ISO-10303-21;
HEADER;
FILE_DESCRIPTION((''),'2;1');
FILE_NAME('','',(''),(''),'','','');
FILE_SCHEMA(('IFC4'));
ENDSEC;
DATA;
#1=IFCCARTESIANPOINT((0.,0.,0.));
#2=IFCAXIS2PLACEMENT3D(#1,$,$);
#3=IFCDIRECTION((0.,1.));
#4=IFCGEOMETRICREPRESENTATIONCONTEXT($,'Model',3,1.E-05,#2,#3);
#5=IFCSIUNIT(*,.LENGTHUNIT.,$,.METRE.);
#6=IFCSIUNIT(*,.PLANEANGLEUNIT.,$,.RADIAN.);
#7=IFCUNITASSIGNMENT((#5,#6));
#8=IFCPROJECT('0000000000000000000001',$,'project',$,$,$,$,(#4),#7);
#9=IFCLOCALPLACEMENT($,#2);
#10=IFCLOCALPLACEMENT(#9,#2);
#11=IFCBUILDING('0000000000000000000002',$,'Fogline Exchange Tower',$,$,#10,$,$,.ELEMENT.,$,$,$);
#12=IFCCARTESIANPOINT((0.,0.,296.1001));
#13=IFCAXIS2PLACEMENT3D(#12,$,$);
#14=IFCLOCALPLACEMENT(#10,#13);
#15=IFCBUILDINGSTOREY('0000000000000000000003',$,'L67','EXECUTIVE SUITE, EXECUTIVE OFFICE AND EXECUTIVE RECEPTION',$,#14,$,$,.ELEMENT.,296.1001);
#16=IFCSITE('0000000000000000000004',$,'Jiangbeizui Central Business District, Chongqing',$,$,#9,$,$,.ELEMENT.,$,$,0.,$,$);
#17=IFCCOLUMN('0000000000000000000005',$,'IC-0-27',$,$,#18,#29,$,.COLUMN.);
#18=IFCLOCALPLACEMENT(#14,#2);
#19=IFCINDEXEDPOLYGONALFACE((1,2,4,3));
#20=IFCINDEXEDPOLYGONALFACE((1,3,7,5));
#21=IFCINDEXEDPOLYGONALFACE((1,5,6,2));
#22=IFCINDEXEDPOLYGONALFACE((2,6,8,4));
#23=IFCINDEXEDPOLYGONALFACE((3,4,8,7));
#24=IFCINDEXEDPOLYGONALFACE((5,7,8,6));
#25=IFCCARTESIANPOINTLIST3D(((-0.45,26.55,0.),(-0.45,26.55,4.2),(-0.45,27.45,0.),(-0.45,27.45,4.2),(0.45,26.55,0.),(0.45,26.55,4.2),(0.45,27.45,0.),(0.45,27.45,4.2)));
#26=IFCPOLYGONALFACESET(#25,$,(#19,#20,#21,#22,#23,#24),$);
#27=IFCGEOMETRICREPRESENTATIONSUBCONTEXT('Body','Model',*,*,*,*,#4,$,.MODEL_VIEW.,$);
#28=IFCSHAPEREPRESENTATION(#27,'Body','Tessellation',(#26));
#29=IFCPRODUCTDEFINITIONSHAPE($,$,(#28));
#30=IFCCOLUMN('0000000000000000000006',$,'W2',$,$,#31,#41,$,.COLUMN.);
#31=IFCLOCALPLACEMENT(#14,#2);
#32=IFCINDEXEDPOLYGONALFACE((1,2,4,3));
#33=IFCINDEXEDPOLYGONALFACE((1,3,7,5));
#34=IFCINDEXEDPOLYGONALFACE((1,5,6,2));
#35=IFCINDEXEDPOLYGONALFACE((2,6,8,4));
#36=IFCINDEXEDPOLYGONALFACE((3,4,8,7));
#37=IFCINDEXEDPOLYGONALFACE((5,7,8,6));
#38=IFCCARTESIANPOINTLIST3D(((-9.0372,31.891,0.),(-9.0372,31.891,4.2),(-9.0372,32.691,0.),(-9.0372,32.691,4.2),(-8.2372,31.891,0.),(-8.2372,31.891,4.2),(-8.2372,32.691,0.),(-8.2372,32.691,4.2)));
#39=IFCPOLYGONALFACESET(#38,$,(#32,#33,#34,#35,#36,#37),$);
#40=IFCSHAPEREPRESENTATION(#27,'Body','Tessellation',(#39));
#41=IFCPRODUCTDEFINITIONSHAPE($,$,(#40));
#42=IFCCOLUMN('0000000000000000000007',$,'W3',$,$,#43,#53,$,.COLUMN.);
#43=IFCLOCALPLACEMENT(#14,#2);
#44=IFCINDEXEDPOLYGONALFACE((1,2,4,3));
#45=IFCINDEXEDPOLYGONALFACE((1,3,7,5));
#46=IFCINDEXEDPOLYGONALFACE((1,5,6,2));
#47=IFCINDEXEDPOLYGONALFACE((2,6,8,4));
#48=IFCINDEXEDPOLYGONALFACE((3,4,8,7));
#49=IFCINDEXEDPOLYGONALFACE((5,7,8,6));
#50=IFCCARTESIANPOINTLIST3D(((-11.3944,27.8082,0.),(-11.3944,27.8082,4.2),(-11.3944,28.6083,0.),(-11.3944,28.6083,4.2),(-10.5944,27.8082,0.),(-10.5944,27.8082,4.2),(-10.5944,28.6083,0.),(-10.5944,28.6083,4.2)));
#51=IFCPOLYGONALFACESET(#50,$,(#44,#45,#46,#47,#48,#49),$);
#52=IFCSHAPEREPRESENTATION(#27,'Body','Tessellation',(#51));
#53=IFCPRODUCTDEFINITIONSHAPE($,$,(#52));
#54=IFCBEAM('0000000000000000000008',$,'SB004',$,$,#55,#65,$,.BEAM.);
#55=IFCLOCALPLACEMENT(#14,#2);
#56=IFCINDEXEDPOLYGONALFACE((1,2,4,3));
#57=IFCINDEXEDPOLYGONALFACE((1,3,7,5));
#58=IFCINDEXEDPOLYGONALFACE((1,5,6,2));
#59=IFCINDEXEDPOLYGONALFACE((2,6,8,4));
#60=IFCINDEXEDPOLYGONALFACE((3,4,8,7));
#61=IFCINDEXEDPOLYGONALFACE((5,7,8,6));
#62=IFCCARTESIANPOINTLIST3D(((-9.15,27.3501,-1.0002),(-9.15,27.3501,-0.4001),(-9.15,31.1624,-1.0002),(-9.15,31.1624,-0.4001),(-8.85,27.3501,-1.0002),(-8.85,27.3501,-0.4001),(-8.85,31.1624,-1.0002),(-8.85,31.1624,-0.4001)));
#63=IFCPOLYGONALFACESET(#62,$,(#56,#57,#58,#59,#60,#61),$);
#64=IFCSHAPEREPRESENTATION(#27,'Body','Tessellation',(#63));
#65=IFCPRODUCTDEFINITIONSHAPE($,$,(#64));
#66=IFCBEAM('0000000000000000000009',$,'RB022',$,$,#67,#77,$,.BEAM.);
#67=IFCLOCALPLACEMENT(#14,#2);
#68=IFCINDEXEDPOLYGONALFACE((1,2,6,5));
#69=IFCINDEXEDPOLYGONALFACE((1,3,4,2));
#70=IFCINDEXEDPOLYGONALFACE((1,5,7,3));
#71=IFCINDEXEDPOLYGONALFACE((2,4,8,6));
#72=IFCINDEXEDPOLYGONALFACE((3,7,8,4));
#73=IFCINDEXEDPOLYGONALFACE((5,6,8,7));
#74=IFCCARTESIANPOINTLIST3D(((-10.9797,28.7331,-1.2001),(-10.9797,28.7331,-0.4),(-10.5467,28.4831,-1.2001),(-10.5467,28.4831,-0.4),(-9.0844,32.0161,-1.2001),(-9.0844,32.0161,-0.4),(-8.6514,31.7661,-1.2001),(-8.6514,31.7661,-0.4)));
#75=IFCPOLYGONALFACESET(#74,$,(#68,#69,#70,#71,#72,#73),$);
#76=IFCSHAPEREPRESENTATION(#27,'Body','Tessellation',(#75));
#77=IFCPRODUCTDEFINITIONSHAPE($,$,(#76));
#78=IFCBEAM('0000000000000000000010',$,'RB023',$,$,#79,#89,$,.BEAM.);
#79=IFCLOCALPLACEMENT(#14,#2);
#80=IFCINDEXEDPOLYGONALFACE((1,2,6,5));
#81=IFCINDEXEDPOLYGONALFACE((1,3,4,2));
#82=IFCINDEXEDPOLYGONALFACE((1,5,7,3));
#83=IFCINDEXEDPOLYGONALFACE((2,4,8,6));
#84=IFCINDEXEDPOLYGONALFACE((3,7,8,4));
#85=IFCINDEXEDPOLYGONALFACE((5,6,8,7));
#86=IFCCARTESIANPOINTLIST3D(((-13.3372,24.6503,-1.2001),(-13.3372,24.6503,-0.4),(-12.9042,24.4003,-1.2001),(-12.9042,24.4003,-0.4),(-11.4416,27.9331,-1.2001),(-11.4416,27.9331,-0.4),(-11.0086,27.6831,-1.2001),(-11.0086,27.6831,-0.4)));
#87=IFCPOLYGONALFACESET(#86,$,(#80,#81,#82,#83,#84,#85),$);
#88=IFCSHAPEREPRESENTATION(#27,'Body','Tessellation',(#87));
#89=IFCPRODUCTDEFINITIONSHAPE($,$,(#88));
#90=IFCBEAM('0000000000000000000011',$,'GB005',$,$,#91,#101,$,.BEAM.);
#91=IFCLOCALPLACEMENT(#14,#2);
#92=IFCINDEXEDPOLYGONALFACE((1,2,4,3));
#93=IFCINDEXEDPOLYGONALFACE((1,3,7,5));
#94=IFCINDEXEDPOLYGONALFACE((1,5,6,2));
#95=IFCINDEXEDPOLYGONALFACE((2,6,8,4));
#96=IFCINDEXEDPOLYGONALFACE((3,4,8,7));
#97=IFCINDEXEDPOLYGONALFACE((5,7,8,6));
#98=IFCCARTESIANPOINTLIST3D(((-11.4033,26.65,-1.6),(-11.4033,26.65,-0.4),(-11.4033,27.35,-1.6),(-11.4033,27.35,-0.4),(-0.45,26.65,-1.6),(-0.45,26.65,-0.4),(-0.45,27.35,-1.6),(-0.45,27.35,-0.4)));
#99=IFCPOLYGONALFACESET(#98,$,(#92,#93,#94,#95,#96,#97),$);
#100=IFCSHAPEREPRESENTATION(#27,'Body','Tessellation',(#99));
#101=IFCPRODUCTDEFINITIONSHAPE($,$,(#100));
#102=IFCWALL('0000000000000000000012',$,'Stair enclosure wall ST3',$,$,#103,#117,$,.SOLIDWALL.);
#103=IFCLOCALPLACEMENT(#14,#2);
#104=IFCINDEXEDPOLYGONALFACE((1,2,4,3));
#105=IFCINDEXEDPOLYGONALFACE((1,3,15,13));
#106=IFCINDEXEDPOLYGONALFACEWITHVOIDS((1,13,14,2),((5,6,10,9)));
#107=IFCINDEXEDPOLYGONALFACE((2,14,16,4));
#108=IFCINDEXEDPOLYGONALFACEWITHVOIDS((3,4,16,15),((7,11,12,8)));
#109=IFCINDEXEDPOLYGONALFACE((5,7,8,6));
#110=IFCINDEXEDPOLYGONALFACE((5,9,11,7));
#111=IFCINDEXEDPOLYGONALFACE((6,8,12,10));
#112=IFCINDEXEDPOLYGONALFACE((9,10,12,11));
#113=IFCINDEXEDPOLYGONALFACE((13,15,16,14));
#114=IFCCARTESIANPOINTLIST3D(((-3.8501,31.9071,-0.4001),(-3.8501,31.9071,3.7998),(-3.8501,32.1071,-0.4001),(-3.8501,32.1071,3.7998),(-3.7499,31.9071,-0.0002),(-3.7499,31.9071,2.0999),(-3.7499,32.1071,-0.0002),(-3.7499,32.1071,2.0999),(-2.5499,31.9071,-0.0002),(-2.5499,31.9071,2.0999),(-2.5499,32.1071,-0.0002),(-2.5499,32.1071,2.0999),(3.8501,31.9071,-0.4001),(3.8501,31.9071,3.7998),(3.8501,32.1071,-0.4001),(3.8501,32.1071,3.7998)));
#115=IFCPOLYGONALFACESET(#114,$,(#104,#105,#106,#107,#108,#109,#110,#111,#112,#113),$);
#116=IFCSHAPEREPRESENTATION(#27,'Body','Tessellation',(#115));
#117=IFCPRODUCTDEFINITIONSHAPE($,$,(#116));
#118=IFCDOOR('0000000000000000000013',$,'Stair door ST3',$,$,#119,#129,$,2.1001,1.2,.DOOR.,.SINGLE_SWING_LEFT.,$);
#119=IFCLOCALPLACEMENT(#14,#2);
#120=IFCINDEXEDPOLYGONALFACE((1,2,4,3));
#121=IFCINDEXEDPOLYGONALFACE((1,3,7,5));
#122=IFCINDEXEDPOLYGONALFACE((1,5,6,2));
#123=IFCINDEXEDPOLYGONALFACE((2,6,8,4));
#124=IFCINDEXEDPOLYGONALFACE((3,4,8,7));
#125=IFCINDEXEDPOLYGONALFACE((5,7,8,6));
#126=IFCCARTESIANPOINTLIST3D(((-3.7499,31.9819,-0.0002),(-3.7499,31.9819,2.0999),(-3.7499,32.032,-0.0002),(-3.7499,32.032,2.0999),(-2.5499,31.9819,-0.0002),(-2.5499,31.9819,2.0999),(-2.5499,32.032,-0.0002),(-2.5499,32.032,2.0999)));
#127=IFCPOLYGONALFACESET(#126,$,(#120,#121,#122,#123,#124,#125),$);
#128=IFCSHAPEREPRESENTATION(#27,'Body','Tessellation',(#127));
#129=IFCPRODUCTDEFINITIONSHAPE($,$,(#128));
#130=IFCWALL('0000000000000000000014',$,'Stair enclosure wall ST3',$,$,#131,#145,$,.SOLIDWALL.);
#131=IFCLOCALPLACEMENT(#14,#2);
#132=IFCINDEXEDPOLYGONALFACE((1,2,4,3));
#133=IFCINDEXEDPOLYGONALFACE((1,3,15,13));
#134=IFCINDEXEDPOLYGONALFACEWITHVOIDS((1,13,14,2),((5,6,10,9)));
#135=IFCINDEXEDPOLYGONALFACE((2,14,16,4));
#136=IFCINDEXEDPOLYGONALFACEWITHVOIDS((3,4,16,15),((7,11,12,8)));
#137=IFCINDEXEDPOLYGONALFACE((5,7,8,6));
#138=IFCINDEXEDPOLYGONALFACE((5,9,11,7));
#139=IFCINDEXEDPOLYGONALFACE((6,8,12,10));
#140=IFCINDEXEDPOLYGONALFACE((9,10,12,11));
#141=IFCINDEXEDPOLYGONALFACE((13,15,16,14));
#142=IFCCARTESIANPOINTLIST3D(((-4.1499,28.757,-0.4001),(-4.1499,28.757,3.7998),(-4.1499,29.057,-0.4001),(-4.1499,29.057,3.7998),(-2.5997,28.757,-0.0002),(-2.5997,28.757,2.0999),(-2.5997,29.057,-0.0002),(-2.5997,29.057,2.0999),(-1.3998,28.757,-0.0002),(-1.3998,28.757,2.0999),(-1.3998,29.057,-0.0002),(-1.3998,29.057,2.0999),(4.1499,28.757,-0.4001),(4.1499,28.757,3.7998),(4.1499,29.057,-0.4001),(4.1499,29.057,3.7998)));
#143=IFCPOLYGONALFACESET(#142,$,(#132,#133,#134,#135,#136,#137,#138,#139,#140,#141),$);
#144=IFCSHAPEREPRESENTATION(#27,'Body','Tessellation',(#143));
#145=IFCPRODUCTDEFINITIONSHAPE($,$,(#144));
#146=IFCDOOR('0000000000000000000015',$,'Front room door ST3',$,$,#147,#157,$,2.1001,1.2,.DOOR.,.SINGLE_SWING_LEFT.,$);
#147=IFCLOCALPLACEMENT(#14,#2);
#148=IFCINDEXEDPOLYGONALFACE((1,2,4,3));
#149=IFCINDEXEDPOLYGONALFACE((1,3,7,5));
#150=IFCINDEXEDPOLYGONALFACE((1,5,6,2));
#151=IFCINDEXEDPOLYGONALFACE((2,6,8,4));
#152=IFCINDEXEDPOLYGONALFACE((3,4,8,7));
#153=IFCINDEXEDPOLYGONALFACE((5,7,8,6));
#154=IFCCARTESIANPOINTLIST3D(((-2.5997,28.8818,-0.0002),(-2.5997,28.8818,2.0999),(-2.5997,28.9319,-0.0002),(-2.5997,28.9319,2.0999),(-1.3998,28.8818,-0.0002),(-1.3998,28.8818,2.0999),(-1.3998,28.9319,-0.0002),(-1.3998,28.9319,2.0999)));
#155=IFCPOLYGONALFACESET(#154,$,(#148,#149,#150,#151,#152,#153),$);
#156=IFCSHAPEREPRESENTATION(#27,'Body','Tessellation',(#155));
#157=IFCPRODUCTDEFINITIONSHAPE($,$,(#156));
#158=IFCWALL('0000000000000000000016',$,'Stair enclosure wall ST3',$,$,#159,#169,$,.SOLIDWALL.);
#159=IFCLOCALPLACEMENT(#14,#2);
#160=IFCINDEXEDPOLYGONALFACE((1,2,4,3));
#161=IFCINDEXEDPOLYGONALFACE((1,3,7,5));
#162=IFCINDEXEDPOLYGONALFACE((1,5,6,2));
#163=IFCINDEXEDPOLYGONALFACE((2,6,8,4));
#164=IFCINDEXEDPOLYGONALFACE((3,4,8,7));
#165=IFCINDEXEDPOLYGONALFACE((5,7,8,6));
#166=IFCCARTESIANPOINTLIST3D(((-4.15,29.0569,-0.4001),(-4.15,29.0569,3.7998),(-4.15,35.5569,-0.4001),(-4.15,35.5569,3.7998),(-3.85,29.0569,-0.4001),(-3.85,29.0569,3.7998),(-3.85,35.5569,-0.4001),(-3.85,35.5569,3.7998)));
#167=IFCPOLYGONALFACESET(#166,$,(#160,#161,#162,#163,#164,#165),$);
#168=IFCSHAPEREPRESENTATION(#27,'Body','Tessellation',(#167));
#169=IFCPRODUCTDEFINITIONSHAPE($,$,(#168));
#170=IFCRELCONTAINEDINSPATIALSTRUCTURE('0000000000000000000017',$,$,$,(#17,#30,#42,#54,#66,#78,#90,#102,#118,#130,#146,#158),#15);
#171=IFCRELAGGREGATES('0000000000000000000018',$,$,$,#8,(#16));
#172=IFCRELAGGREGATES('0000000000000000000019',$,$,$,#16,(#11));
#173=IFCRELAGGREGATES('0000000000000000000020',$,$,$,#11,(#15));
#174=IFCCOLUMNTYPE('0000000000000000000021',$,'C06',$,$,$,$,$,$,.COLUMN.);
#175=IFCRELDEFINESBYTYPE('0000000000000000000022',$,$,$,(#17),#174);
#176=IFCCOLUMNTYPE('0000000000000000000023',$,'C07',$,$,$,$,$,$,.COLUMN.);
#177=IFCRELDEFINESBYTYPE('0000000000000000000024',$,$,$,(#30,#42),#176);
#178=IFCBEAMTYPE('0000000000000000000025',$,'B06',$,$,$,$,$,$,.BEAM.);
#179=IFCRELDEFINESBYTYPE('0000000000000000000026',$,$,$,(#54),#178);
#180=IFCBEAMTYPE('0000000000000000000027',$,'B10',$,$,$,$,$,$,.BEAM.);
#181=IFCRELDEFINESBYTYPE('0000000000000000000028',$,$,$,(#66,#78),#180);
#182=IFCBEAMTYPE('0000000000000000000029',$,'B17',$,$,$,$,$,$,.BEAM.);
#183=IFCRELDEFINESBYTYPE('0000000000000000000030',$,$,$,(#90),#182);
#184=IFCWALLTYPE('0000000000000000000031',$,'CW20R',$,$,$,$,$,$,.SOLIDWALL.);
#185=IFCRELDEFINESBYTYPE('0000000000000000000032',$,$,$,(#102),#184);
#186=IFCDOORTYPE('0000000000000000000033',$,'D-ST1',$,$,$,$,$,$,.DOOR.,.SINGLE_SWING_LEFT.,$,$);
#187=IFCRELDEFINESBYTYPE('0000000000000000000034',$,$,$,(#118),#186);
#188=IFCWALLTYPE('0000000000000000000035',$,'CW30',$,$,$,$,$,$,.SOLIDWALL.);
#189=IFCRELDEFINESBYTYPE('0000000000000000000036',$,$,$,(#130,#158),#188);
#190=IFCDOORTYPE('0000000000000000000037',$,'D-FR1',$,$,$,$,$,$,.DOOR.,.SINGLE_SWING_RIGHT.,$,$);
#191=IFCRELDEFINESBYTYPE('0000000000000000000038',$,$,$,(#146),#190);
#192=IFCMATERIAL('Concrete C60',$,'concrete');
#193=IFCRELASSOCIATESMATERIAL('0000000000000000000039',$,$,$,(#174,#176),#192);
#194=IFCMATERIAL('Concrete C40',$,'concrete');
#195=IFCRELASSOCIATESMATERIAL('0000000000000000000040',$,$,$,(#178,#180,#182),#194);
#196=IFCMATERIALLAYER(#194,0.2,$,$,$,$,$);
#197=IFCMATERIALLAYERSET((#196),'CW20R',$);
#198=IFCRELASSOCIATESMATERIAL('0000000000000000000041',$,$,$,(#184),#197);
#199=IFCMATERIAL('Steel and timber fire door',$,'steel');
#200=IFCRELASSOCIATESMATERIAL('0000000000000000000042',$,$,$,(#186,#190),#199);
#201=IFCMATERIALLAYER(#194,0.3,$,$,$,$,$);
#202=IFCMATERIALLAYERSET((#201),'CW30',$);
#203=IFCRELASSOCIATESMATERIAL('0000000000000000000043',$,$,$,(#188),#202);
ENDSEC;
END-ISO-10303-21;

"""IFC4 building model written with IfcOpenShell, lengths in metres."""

from ifc_helpers import new_model, si_unit, direction, frame, frame_2d, origin, origin_2d, place, context, subcontext, project, spatial, rectangle, extrude, material, layer, layer_set, material_profile, profile_set, type_object, element, fill, save


model = new_model("IFC4")

# Units and contexts
model_context = context("Model", 3, precision=1e-05, world=origin(), true_north=direction((0.0, 1.0)))
body_context = subcontext(model_context, "Body", "Model", "MODEL_VIEW")
ifc_project = project(units=[si_unit("LENGTHUNIT", "METRE"), si_unit("PLANEANGLEUNIT", "RADIAN")], contexts=[model_context])

# Site, building, storey
site_placement = place(None, origin())
site = spatial("IfcSite", under=ifc_project, at=site_placement, Name="Jiangbeizui Central Business District, Chongqing", CompositionType="ELEMENT", RefElevation=0.0)
building_placement = place(site_placement, origin())
building = spatial("IfcBuilding", under=site, at=building_placement, Name="Fogline Exchange Tower", CompositionType="ELEMENT")
storey_placement = place(building_placement, frame((0.0, 0.0, 296.1001)))
storey = spatial("IfcBuildingStorey", under=building, at=storey_placement, Name="L67", Description="EXECUTIVE SUITE, EXECUTIVE OFFICE AND EXECUTIVE RECEPTION", CompositionType="ELEMENT", Elevation=296.1001)

# Columns
ifc_material_1 = material(Name="Concrete C60", Category="concrete")
ifc_material_profile_1 = material_profile(ifc_material_1, rectangle(XDim=0.8999, YDim=0.8999, at=origin_2d()), Name="RC 900x900")
ifc_profile_set_1 = profile_set([ifc_material_profile_1], Name="Concrete C60")
column_type_1 = type_object("IfcColumnType", Name="C06", PredefinedType="COLUMN", material=ifc_profile_set_1)
column_placement = place(storey_placement, frame((0.0, 27.0, 0.0), z_axis=(0.0, 0.0, 1.0), x_axis=(1.0, 0.0, 0.0)))
element("IfcColumn", 1, at=column_placement, inside=storey, type_object=column_type_1, Name="IC-0-27", PredefinedType="COLUMN", context=body_context, shape_type="SweptSolid", body=[
    extrude(rectangle(XDim=0.8999, YDim=0.8999, at=origin_2d()), origin(), (0.0, 0.0, 1.0), 4.2),
])
ifc_material_profile_2 = material_profile(ifc_material_1, rectangle(XDim=0.8, YDim=0.8, at=origin_2d()), Name="RC 800x800")
ifc_profile_set_2 = profile_set([ifc_material_profile_2], Name="Concrete C60")
column_type_2 = type_object("IfcColumnType", Name="C07", PredefinedType="COLUMN", material=ifc_profile_set_2)
for number, where, z_axis, x_axis, name in (
    (2, (-8.6372, 32.291, 0.0), (0.0, 0.0, 1.0), (1.0, 0.0, 0.0), "W2"),
    (3, (-10.9944, 28.2083, 0.0), (0.0, 0.0, 1.0), (1.0, 0.0, 0.0), "W3"),
):
    element("IfcColumn", number, at=place(storey_placement, frame(where, z_axis=z_axis, x_axis=x_axis)), inside=storey, type_object=column_type_2, Name=name, PredefinedType="COLUMN", context=body_context, shape_type="SweptSolid", body=[
        extrude(rectangle(XDim=0.8, YDim=0.8, at=origin_2d()), origin(), (0.0, 0.0, 1.0), 4.2),
    ])

# Beams
ifc_material_2 = material(Name="Concrete C40", Category="concrete")
ifc_material_profile_3 = material_profile(ifc_material_2, rectangle(XDim=0.3, YDim=0.6001, at=origin_2d()), Name="RC 300x600")
ifc_profile_set_3 = profile_set([ifc_material_profile_3], Name="Concrete C40")
beam_type_1 = type_object("IfcBeamType", Name="B06", PredefinedType="BEAM", material=ifc_profile_set_3)
beam_1_placement = place(storey_placement, frame((-9.0, 27.3501, -0.7002), z_axis=(0.0, 1.0, 0.0), x_axis=(-1.0, 0.0, 0.0)))
element("IfcBeam", 4, at=beam_1_placement, inside=storey, type_object=beam_type_1, Name="SB004", PredefinedType="BEAM", context=body_context, shape_type="SweptSolid", body=[
    extrude(rectangle(XDim=0.3, YDim=0.6001, at=origin_2d()), origin(), (0.0, 0.0, 1.0), 3.8123),
])
ifc_material_profile_4 = material_profile(ifc_material_2, rectangle(XDim=0.5, YDim=0.8, at=origin_2d()), Name="RC 500x800")
ifc_profile_set_4 = profile_set([ifc_material_profile_4], Name="Concrete C40")
beam_type_2 = type_object("IfcBeamType", Name="B10", PredefinedType="BEAM", material=ifc_profile_set_4)
for number, where, z_axis, x_axis, name in (
    (5, (-8.8679, 31.8911, -0.8), (-0.49997, -0.866043, 0.0), (0.866043, -0.49997, 0.0), "RB022"),
    (6, (-11.2251, 27.8081, -0.8), (-0.500046, -0.865999, 0.0), (0.865999, -0.500046, 0.0), "RB023"),
):
    element("IfcBeam", number, at=place(storey_placement, frame(where, z_axis=z_axis, x_axis=x_axis)), inside=storey, type_object=beam_type_2, Name=name, PredefinedType="BEAM", context=body_context, shape_type="SweptSolid", body=[
        extrude(rectangle(XDim=0.5, YDim=0.8, at=origin_2d()), origin(), (0.0, 0.0, 1.0), 3.7908),
    ])
ifc_material_profile_5 = material_profile(ifc_material_2, rectangle(XDim=0.7, YDim=1.2, at=origin_2d()), Name="RC 700x1200")
ifc_profile_set_5 = profile_set([ifc_material_profile_5], Name="Concrete C40")
beam_type_3 = type_object("IfcBeamType", Name="B17", PredefinedType="BEAM", material=ifc_profile_set_5)
beam_2_placement = place(storey_placement, frame((-11.4033, 27.0, -1.0), z_axis=(1.0, 0.0, 0.0), x_axis=(0.0, 1.0, 0.0)))
element("IfcBeam", 7, at=beam_2_placement, inside=storey, type_object=beam_type_3, Name="GB005", PredefinedType="BEAM", context=body_context, shape_type="SweptSolid", body=[
    extrude(rectangle(XDim=0.7, YDim=1.2, at=origin_2d()), origin(), (0.0, 0.0, 1.0), 10.9534),
])

# Walls, openings, doors
ifc_layer_1 = layer(ifc_material_2, 0.2)
ifc_layer_set_1 = layer_set([ifc_layer_1], Name="CW20R")
wall_type_1 = type_object("IfcWallType", Name="CW20R", PredefinedType="SOLIDWALL", material=ifc_layer_set_1)
wall_1_placement = place(storey_placement, frame((-3.8501, 32.0071, -0.4001), z_axis=(0.0, 0.0, 1.0), x_axis=(1.0, 0.0, 0.0)))
wall_1 = element("IfcWall", 8, at=wall_1_placement, inside=storey, type_object=wall_type_1, Name="Stair enclosure wall ST3", PredefinedType="SOLIDWALL", context=body_context, shape_type="SweptSolid", body=[
    extrude(rectangle(XDim=7.7002, YDim=0.2, at=frame_2d((3.8501, 0.0))), origin(), (0.0, 0.0, 1.0), 4.2),
])
opening_1_placement = place(wall_1_placement, frame((0.1001, 0.0, 0.3999)))
opening_1 = element("IfcOpeningElement", 9, at=opening_1_placement, cuts=wall_1, PredefinedType="OPENING", context=body_context, shape_type="SweptSolid", body=[
    extrude(rectangle(XDim=1.2, YDim=2.1001, at=frame_2d((0.6001, 1.05))), frame((0.0, 0.1099, 0.0), z_axis=(0.0, -1.0, 0.0), x_axis=(1.0, 0.0, 0.0)), (0.0, 0.0, 1.0), 0.22),
])
ifc_material_3 = material(Name="Steel and timber fire door", Category="steel")
door_type_1 = type_object("IfcDoorType", Name="D-ST1", OperationType="SINGLE_SWING_LEFT", PredefinedType="DOOR", material=ifc_material_3)
door_1_placement = place(opening_1_placement, origin())
door_1 = element("IfcDoor", 10, at=door_1_placement, inside=storey, type_object=door_type_1, Name="Stair door ST3", OperationType="SINGLE_SWING_LEFT", OverallHeight=2.1001, OverallWidth=1.2, PredefinedType="DOOR", context=body_context, shape_type="SweptSolid", body=[
    extrude(rectangle(XDim=1.2, YDim=2.1001, at=frame_2d((0.6001, 1.05))), frame((0.0, 0.0249, 0.0), z_axis=(0.0, -1.0, 0.0), x_axis=(1.0, 0.0, 0.0)), (0.0, 0.0, 1.0), 0.05),
])
fill(opening_1, door_1)
ifc_layer_2 = layer(ifc_material_2, 0.3)
ifc_layer_set_2 = layer_set([ifc_layer_2], Name="CW30")
wall_type_2 = type_object("IfcWallType", Name="CW30", PredefinedType="SOLIDWALL", material=ifc_layer_set_2)
wall_2_placement = place(storey_placement, frame((-4.1499, 28.907, -0.4001), z_axis=(0.0, 0.0, 1.0), x_axis=(1.0, 0.0, 0.0)))
wall_2 = element("IfcWall", 11, at=wall_2_placement, inside=storey, type_object=wall_type_2, Name="Stair enclosure wall ST3", PredefinedType="SOLIDWALL", context=body_context, shape_type="SweptSolid", body=[
    extrude(rectangle(XDim=8.2998, YDim=0.3, at=frame_2d((4.1499, 0.0))), origin(), (0.0, 0.0, 1.0), 4.2),
])
opening_2_placement = place(wall_2_placement, frame((1.55, 0.0, 0.3999)))
opening_2 = element("IfcOpeningElement", 12, at=opening_2_placement, cuts=wall_2, PredefinedType="OPENING", context=body_context, shape_type="SweptSolid", body=[
    extrude(rectangle(XDim=1.2, YDim=2.1001, at=frame_2d((0.6001, 1.05))), frame((0.0, 0.1602, 0.0), z_axis=(0.0, -1.0, 0.0), x_axis=(1.0, 0.0, 0.0)), (0.0, 0.0, 1.0), 0.3201),
])
door_type_2 = type_object("IfcDoorType", Name="D-FR1", OperationType="SINGLE_SWING_RIGHT", PredefinedType="DOOR", material=ifc_material_3)
door_2_placement = place(opening_2_placement, origin())
door_2 = element("IfcDoor", 13, at=door_2_placement, inside=storey, type_object=door_type_2, Name="Front room door ST3", OperationType="SINGLE_SWING_LEFT", OverallHeight=2.1001, OverallWidth=1.2, PredefinedType="DOOR", context=body_context, shape_type="SweptSolid", body=[
    extrude(rectangle(XDim=1.2, YDim=2.1001, at=frame_2d((0.6001, 1.05))), frame((0.0, 0.0249, 0.0), z_axis=(0.0, -1.0, 0.0), x_axis=(1.0, 0.0, 0.0)), (0.0, 0.0, 1.0), 0.05),
])
fill(opening_2, door_2)

# Wall
wall_3_placement = place(storey_placement, frame((-4.0, 29.0569, -0.4001), z_axis=(0.0, 0.0, 1.0), x_axis=(0.0, 1.0, 0.0)))
element("IfcWall", 14, at=wall_3_placement, inside=storey, type_object=wall_type_2, Name="Stair enclosure wall ST3", PredefinedType="SOLIDWALL", context=body_context, shape_type="SweptSolid", body=[
    extrude(rectangle(XDim=6.5, YDim=0.3, at=frame_2d((3.25, 0.0))), origin(), (0.0, 0.0, 1.0), 4.2),
])

save(model, "model.ifc")
